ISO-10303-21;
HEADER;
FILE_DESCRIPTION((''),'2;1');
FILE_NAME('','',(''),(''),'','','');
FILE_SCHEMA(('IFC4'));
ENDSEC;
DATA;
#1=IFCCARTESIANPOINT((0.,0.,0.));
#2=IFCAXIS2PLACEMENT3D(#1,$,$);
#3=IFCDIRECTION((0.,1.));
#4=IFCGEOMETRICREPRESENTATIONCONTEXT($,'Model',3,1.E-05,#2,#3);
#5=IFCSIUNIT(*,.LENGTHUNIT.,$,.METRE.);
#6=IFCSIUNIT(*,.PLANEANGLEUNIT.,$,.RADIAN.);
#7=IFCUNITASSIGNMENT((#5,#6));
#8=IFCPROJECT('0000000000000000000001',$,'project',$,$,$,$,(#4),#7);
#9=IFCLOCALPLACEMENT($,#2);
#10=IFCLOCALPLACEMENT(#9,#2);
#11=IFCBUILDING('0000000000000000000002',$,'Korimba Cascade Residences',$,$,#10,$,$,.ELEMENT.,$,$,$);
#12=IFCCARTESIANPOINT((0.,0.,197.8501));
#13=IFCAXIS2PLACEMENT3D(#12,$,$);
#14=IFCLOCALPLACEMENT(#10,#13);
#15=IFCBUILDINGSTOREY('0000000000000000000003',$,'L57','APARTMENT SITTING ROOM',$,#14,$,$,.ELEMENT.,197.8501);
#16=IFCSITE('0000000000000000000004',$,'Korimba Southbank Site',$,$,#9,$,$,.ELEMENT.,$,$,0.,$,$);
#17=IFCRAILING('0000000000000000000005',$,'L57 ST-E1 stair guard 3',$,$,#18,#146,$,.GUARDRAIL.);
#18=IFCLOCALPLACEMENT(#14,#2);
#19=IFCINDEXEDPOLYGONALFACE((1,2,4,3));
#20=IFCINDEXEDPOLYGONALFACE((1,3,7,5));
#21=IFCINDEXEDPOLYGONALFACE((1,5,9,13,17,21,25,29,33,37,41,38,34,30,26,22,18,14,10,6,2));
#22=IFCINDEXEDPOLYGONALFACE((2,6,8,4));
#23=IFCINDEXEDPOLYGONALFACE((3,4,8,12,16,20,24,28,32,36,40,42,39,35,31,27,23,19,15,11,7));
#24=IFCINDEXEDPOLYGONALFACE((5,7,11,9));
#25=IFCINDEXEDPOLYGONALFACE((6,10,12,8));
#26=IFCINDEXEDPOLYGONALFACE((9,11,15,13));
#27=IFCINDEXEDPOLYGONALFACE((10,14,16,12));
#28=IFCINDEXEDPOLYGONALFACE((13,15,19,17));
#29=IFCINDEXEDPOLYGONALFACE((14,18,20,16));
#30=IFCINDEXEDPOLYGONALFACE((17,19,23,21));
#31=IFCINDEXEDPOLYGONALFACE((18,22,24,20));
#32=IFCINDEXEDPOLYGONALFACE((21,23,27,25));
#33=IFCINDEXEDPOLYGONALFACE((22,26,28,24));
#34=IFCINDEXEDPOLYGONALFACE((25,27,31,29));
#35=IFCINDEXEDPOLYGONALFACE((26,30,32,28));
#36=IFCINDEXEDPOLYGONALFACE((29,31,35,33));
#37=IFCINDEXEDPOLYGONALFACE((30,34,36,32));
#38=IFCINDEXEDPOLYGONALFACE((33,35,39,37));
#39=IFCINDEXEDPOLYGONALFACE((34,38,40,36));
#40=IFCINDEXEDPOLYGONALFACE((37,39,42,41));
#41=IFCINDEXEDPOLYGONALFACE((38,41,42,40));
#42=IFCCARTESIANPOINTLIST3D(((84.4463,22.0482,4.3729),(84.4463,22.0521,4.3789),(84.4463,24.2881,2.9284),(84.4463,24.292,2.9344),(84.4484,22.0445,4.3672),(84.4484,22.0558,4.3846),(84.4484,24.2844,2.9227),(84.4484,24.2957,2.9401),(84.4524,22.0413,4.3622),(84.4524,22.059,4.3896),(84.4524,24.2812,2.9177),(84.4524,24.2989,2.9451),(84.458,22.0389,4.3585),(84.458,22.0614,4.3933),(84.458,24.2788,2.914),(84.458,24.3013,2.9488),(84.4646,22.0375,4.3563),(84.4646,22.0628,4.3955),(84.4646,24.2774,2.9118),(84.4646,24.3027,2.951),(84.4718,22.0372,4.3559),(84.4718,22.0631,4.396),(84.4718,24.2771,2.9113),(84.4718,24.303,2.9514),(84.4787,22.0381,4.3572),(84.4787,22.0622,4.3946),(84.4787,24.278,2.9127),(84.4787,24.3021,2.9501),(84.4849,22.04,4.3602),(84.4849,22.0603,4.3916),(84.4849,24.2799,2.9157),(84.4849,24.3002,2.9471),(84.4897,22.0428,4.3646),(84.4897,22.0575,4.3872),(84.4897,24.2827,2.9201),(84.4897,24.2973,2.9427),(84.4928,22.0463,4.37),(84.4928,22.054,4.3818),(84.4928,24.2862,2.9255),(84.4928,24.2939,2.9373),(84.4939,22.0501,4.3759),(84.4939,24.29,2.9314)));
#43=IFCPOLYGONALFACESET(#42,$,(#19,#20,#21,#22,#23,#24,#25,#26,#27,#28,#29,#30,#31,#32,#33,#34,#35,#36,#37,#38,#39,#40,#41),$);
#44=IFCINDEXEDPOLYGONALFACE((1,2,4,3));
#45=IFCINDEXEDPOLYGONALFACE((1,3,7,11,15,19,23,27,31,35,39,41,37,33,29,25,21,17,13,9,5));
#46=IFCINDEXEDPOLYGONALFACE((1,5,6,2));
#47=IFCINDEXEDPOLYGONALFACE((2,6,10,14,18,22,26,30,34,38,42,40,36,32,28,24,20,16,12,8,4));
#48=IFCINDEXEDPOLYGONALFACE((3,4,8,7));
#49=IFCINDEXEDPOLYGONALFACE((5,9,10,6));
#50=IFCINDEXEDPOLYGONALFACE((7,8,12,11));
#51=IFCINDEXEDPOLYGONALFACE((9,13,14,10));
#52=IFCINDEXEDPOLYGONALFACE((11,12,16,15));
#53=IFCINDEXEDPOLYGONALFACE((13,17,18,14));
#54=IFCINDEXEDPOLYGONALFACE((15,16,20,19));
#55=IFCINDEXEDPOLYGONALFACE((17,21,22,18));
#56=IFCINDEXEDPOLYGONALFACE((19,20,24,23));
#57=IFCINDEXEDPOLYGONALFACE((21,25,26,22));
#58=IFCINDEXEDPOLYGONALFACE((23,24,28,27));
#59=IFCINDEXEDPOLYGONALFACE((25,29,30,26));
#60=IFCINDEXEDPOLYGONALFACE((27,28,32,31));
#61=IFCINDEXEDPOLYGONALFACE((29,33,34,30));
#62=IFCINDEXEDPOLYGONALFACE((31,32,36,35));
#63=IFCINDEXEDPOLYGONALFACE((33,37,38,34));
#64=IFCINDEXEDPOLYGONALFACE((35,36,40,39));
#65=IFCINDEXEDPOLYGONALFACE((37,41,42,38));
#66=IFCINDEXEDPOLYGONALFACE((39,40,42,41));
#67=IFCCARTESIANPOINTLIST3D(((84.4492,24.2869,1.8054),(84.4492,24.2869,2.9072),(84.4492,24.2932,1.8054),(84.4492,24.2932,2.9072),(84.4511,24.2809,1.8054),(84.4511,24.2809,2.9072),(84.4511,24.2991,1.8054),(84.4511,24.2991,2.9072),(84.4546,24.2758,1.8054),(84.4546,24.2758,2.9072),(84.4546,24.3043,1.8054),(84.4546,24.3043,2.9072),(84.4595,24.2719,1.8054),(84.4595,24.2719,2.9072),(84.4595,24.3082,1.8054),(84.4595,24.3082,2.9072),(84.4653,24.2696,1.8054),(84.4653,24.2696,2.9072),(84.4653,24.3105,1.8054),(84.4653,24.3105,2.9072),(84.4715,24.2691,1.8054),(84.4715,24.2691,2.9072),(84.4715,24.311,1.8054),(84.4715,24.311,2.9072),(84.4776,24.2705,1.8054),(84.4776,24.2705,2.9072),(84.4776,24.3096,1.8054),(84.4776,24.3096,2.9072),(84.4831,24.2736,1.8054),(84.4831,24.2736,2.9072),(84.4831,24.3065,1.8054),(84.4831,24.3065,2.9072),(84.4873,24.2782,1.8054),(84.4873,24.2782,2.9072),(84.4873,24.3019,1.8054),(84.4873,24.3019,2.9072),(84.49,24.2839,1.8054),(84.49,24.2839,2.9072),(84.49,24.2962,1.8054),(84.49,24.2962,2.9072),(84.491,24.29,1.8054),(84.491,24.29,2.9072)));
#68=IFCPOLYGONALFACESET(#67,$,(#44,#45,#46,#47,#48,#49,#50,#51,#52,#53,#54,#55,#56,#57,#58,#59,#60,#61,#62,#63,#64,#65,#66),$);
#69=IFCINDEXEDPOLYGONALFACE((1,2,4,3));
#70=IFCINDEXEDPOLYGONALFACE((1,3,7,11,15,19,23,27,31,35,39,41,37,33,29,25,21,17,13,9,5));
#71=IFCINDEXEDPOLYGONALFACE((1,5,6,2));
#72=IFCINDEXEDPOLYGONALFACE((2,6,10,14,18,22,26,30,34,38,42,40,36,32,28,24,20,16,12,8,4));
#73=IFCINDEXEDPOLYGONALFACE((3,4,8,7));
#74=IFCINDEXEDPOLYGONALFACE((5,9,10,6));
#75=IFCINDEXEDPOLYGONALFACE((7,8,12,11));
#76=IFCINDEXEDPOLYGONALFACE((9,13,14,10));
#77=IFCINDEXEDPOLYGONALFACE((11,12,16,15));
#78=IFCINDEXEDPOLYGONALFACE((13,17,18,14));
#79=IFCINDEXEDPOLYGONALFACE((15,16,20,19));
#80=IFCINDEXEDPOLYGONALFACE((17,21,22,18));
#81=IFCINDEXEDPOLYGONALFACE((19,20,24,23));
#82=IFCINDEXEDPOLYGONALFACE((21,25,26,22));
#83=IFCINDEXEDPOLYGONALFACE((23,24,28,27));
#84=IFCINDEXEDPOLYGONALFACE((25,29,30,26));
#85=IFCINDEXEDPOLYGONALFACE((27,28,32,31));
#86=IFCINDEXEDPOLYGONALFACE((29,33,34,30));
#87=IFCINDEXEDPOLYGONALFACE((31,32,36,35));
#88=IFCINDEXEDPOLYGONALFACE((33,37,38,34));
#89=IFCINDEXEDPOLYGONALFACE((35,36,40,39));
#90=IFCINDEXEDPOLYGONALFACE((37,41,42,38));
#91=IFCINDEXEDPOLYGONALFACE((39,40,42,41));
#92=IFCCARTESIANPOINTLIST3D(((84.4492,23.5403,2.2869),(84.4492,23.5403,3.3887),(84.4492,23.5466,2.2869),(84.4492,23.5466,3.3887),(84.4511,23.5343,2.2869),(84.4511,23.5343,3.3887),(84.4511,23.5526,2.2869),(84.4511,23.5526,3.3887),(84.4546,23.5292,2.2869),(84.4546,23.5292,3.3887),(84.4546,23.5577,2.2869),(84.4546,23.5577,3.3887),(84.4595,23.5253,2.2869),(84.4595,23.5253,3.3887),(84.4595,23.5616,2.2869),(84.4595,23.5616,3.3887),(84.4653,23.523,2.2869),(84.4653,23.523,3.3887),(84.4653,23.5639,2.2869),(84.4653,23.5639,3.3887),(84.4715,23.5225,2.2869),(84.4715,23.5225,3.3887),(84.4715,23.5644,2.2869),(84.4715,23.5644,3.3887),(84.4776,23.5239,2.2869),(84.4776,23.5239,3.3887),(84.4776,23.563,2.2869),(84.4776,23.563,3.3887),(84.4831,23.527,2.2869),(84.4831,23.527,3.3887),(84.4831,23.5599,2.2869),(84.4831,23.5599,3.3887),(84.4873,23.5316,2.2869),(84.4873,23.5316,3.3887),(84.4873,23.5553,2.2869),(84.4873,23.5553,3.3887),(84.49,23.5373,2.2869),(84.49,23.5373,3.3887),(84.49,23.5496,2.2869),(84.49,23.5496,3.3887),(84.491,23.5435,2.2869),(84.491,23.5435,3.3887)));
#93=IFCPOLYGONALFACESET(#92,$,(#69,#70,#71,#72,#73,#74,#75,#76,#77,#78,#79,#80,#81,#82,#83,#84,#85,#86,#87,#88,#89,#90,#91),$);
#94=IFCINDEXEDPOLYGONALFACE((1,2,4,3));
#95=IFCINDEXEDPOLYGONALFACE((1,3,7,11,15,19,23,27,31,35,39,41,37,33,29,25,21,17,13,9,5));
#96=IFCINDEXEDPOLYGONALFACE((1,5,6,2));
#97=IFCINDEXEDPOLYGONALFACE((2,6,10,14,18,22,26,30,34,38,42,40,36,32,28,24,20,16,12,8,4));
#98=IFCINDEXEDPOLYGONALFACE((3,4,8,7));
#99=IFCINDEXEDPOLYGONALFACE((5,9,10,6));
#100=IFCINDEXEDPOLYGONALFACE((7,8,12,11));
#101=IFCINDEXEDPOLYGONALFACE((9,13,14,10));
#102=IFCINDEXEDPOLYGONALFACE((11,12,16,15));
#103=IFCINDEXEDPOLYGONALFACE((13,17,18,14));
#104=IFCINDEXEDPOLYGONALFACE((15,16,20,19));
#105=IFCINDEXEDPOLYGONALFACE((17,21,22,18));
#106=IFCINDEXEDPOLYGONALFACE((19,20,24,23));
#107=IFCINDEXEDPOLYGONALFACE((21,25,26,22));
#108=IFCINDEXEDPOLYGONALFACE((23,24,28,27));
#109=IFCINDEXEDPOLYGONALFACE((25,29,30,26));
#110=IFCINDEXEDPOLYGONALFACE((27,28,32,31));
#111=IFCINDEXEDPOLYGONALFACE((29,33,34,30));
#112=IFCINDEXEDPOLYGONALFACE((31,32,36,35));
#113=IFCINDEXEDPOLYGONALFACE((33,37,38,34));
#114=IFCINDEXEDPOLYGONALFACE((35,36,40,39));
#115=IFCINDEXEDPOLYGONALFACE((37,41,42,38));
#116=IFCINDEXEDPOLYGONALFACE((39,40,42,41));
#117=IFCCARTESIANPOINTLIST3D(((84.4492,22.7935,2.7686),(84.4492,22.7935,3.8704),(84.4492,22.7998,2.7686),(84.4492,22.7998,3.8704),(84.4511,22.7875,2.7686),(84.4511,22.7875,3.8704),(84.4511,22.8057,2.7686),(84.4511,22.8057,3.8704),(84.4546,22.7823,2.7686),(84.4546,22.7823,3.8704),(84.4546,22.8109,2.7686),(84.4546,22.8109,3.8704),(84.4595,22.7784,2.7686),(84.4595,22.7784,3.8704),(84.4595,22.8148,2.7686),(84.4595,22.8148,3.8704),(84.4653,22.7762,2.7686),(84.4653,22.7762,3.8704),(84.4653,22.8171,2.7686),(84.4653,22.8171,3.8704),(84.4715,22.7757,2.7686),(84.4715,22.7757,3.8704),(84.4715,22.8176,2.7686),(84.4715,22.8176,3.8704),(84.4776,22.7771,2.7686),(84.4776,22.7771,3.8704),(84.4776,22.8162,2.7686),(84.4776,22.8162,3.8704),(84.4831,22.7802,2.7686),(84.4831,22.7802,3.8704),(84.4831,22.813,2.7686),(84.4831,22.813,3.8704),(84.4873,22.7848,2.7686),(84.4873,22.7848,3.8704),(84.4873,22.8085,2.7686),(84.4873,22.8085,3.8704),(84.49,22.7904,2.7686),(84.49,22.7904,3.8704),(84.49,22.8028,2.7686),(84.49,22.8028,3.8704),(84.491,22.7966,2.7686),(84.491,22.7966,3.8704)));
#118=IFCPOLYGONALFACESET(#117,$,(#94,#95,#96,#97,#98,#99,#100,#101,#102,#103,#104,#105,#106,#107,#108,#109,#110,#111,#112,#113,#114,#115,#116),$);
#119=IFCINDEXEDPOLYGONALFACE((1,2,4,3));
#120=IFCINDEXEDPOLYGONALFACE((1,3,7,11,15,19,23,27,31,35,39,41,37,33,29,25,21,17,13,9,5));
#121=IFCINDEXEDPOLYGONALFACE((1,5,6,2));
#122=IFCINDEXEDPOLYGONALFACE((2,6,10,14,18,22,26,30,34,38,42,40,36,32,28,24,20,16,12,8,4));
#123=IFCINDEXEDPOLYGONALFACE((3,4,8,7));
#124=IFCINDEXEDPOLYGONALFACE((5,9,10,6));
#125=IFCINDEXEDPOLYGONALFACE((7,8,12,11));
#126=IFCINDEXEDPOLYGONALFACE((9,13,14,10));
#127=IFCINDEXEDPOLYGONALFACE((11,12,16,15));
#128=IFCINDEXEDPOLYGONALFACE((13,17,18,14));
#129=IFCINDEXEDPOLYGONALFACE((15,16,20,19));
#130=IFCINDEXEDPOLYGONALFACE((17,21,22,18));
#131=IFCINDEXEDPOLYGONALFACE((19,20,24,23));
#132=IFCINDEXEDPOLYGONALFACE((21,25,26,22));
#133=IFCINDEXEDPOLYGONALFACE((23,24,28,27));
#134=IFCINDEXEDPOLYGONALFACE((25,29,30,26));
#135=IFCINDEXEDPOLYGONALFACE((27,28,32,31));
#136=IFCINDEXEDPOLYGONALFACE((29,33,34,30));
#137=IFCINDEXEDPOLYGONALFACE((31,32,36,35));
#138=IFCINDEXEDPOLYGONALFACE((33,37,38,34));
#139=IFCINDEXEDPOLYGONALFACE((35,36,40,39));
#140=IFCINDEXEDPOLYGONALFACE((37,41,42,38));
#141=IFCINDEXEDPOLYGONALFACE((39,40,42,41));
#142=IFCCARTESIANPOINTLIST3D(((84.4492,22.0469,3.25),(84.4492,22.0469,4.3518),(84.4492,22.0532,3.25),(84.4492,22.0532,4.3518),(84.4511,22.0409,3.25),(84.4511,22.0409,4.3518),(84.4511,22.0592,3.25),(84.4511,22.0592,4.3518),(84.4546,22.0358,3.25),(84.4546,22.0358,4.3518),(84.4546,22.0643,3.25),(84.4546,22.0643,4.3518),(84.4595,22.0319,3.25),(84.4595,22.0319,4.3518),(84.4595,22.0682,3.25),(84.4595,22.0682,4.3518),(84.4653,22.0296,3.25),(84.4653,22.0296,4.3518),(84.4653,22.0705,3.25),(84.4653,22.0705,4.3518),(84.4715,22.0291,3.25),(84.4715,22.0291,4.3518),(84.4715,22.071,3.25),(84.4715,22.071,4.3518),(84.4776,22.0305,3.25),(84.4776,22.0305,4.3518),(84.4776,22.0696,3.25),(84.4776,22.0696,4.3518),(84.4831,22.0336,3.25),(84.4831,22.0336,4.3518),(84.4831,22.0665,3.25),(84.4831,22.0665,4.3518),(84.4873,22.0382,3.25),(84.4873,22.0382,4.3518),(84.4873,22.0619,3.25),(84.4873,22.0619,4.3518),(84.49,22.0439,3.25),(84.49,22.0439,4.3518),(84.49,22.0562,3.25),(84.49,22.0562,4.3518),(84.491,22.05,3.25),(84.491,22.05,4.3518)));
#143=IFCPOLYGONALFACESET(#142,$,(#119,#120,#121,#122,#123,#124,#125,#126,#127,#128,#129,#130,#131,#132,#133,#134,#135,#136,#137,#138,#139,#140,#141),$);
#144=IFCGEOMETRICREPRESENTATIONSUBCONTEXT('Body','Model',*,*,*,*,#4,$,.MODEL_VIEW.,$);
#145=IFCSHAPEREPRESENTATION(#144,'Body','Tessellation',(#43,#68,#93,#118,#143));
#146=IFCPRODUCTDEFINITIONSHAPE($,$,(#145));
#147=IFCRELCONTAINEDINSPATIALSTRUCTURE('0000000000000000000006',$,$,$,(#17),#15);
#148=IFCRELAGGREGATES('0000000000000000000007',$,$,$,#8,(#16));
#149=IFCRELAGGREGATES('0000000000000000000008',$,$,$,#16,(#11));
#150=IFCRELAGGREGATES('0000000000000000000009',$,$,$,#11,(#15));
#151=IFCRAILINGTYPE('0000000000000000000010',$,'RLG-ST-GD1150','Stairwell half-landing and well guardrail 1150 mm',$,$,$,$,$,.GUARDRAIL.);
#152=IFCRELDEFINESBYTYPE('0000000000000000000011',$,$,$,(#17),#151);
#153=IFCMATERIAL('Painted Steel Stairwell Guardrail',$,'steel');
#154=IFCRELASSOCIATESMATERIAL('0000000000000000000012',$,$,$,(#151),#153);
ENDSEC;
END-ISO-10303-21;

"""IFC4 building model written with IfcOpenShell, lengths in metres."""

from ifc_helpers import new_model, si_unit, direction, frame, origin, origin_2d, place, context, subcontext, project, spatial, circle, extrude, material, type_object, element, save


model = new_model("IFC4")

# Units and contexts
model_context = context("Model", 3, precision=1e-05, world=origin(), true_north=direction((0.0, 1.0)))
body_context = subcontext(model_context, "Body", "Model", "MODEL_VIEW")
ifc_project = project(units=[si_unit("LENGTHUNIT", "METRE"), si_unit("PLANEANGLEUNIT", "RADIAN")], contexts=[model_context])

# Site, building, storey
site_placement = place(None, origin())
site = spatial("IfcSite", under=ifc_project, at=site_placement, Name="Korimba Southbank Site", CompositionType="ELEMENT", RefElevation=0.0)
building_placement = place(site_placement, origin())
building = spatial("IfcBuilding", under=site, at=building_placement, Name="Korimba Cascade Residences", CompositionType="ELEMENT")
storey_placement = place(building_placement, frame((0.0, 0.0, 197.8501)))
storey = spatial("IfcBuildingStorey", under=building, at=storey_placement, Name="L57", Description="APARTMENT SITTING ROOM", CompositionType="ELEMENT", Elevation=197.8501)

# Railing
ifc_material_1 = material(Name="Painted Steel Stairwell Guardrail", Category="steel")
railing_type_1 = type_object("IfcRailingType", Name="RLG-ST-GD1150", Description="Stairwell half-landing and well guardrail 1150 mm", PredefinedType="GUARDRAIL", material=ifc_material_1)
railing_1_placement = place(storey_placement, frame((84.47, 24.29, 1.8054)))
element("IfcRailing", 1, at=railing_1_placement, inside=storey, type_object=railing_type_1, Name="L57 ST-E1 stair guard 3", PredefinedType="GUARDRAIL", context=body_context, shape_type="SweptSolid", body=[
    extrude(circle(Radius=0.0239, at=origin_2d()), frame((0.0, 0.0, 1.126), z_axis=(0.0, -0.840395, 0.541975), x_axis=(1.0, 0.0, 0.0)), (0.0, 0.0, 1.0), 2.6653),
    extrude(circle(Radius=0.021, at=origin_2d()), origin(), (0.0, 0.0, 1.0), 1.1018),
    extrude(circle(Radius=0.021, at=origin_2d()), frame((0.0, -0.7466, 0.4814)), (0.0, 0.0, 1.0), 1.1018),
    extrude(circle(Radius=0.021, at=origin_2d()), frame((0.0, -1.4934, 0.9631)), (0.0, 0.0, 1.0), 1.1018),
    extrude(circle(Radius=0.021, at=origin_2d()), frame((0.0, -2.24, 1.4446)), (0.0, 0.0, 1.0), 1.1018),
])

save(model, "model.ifc")
